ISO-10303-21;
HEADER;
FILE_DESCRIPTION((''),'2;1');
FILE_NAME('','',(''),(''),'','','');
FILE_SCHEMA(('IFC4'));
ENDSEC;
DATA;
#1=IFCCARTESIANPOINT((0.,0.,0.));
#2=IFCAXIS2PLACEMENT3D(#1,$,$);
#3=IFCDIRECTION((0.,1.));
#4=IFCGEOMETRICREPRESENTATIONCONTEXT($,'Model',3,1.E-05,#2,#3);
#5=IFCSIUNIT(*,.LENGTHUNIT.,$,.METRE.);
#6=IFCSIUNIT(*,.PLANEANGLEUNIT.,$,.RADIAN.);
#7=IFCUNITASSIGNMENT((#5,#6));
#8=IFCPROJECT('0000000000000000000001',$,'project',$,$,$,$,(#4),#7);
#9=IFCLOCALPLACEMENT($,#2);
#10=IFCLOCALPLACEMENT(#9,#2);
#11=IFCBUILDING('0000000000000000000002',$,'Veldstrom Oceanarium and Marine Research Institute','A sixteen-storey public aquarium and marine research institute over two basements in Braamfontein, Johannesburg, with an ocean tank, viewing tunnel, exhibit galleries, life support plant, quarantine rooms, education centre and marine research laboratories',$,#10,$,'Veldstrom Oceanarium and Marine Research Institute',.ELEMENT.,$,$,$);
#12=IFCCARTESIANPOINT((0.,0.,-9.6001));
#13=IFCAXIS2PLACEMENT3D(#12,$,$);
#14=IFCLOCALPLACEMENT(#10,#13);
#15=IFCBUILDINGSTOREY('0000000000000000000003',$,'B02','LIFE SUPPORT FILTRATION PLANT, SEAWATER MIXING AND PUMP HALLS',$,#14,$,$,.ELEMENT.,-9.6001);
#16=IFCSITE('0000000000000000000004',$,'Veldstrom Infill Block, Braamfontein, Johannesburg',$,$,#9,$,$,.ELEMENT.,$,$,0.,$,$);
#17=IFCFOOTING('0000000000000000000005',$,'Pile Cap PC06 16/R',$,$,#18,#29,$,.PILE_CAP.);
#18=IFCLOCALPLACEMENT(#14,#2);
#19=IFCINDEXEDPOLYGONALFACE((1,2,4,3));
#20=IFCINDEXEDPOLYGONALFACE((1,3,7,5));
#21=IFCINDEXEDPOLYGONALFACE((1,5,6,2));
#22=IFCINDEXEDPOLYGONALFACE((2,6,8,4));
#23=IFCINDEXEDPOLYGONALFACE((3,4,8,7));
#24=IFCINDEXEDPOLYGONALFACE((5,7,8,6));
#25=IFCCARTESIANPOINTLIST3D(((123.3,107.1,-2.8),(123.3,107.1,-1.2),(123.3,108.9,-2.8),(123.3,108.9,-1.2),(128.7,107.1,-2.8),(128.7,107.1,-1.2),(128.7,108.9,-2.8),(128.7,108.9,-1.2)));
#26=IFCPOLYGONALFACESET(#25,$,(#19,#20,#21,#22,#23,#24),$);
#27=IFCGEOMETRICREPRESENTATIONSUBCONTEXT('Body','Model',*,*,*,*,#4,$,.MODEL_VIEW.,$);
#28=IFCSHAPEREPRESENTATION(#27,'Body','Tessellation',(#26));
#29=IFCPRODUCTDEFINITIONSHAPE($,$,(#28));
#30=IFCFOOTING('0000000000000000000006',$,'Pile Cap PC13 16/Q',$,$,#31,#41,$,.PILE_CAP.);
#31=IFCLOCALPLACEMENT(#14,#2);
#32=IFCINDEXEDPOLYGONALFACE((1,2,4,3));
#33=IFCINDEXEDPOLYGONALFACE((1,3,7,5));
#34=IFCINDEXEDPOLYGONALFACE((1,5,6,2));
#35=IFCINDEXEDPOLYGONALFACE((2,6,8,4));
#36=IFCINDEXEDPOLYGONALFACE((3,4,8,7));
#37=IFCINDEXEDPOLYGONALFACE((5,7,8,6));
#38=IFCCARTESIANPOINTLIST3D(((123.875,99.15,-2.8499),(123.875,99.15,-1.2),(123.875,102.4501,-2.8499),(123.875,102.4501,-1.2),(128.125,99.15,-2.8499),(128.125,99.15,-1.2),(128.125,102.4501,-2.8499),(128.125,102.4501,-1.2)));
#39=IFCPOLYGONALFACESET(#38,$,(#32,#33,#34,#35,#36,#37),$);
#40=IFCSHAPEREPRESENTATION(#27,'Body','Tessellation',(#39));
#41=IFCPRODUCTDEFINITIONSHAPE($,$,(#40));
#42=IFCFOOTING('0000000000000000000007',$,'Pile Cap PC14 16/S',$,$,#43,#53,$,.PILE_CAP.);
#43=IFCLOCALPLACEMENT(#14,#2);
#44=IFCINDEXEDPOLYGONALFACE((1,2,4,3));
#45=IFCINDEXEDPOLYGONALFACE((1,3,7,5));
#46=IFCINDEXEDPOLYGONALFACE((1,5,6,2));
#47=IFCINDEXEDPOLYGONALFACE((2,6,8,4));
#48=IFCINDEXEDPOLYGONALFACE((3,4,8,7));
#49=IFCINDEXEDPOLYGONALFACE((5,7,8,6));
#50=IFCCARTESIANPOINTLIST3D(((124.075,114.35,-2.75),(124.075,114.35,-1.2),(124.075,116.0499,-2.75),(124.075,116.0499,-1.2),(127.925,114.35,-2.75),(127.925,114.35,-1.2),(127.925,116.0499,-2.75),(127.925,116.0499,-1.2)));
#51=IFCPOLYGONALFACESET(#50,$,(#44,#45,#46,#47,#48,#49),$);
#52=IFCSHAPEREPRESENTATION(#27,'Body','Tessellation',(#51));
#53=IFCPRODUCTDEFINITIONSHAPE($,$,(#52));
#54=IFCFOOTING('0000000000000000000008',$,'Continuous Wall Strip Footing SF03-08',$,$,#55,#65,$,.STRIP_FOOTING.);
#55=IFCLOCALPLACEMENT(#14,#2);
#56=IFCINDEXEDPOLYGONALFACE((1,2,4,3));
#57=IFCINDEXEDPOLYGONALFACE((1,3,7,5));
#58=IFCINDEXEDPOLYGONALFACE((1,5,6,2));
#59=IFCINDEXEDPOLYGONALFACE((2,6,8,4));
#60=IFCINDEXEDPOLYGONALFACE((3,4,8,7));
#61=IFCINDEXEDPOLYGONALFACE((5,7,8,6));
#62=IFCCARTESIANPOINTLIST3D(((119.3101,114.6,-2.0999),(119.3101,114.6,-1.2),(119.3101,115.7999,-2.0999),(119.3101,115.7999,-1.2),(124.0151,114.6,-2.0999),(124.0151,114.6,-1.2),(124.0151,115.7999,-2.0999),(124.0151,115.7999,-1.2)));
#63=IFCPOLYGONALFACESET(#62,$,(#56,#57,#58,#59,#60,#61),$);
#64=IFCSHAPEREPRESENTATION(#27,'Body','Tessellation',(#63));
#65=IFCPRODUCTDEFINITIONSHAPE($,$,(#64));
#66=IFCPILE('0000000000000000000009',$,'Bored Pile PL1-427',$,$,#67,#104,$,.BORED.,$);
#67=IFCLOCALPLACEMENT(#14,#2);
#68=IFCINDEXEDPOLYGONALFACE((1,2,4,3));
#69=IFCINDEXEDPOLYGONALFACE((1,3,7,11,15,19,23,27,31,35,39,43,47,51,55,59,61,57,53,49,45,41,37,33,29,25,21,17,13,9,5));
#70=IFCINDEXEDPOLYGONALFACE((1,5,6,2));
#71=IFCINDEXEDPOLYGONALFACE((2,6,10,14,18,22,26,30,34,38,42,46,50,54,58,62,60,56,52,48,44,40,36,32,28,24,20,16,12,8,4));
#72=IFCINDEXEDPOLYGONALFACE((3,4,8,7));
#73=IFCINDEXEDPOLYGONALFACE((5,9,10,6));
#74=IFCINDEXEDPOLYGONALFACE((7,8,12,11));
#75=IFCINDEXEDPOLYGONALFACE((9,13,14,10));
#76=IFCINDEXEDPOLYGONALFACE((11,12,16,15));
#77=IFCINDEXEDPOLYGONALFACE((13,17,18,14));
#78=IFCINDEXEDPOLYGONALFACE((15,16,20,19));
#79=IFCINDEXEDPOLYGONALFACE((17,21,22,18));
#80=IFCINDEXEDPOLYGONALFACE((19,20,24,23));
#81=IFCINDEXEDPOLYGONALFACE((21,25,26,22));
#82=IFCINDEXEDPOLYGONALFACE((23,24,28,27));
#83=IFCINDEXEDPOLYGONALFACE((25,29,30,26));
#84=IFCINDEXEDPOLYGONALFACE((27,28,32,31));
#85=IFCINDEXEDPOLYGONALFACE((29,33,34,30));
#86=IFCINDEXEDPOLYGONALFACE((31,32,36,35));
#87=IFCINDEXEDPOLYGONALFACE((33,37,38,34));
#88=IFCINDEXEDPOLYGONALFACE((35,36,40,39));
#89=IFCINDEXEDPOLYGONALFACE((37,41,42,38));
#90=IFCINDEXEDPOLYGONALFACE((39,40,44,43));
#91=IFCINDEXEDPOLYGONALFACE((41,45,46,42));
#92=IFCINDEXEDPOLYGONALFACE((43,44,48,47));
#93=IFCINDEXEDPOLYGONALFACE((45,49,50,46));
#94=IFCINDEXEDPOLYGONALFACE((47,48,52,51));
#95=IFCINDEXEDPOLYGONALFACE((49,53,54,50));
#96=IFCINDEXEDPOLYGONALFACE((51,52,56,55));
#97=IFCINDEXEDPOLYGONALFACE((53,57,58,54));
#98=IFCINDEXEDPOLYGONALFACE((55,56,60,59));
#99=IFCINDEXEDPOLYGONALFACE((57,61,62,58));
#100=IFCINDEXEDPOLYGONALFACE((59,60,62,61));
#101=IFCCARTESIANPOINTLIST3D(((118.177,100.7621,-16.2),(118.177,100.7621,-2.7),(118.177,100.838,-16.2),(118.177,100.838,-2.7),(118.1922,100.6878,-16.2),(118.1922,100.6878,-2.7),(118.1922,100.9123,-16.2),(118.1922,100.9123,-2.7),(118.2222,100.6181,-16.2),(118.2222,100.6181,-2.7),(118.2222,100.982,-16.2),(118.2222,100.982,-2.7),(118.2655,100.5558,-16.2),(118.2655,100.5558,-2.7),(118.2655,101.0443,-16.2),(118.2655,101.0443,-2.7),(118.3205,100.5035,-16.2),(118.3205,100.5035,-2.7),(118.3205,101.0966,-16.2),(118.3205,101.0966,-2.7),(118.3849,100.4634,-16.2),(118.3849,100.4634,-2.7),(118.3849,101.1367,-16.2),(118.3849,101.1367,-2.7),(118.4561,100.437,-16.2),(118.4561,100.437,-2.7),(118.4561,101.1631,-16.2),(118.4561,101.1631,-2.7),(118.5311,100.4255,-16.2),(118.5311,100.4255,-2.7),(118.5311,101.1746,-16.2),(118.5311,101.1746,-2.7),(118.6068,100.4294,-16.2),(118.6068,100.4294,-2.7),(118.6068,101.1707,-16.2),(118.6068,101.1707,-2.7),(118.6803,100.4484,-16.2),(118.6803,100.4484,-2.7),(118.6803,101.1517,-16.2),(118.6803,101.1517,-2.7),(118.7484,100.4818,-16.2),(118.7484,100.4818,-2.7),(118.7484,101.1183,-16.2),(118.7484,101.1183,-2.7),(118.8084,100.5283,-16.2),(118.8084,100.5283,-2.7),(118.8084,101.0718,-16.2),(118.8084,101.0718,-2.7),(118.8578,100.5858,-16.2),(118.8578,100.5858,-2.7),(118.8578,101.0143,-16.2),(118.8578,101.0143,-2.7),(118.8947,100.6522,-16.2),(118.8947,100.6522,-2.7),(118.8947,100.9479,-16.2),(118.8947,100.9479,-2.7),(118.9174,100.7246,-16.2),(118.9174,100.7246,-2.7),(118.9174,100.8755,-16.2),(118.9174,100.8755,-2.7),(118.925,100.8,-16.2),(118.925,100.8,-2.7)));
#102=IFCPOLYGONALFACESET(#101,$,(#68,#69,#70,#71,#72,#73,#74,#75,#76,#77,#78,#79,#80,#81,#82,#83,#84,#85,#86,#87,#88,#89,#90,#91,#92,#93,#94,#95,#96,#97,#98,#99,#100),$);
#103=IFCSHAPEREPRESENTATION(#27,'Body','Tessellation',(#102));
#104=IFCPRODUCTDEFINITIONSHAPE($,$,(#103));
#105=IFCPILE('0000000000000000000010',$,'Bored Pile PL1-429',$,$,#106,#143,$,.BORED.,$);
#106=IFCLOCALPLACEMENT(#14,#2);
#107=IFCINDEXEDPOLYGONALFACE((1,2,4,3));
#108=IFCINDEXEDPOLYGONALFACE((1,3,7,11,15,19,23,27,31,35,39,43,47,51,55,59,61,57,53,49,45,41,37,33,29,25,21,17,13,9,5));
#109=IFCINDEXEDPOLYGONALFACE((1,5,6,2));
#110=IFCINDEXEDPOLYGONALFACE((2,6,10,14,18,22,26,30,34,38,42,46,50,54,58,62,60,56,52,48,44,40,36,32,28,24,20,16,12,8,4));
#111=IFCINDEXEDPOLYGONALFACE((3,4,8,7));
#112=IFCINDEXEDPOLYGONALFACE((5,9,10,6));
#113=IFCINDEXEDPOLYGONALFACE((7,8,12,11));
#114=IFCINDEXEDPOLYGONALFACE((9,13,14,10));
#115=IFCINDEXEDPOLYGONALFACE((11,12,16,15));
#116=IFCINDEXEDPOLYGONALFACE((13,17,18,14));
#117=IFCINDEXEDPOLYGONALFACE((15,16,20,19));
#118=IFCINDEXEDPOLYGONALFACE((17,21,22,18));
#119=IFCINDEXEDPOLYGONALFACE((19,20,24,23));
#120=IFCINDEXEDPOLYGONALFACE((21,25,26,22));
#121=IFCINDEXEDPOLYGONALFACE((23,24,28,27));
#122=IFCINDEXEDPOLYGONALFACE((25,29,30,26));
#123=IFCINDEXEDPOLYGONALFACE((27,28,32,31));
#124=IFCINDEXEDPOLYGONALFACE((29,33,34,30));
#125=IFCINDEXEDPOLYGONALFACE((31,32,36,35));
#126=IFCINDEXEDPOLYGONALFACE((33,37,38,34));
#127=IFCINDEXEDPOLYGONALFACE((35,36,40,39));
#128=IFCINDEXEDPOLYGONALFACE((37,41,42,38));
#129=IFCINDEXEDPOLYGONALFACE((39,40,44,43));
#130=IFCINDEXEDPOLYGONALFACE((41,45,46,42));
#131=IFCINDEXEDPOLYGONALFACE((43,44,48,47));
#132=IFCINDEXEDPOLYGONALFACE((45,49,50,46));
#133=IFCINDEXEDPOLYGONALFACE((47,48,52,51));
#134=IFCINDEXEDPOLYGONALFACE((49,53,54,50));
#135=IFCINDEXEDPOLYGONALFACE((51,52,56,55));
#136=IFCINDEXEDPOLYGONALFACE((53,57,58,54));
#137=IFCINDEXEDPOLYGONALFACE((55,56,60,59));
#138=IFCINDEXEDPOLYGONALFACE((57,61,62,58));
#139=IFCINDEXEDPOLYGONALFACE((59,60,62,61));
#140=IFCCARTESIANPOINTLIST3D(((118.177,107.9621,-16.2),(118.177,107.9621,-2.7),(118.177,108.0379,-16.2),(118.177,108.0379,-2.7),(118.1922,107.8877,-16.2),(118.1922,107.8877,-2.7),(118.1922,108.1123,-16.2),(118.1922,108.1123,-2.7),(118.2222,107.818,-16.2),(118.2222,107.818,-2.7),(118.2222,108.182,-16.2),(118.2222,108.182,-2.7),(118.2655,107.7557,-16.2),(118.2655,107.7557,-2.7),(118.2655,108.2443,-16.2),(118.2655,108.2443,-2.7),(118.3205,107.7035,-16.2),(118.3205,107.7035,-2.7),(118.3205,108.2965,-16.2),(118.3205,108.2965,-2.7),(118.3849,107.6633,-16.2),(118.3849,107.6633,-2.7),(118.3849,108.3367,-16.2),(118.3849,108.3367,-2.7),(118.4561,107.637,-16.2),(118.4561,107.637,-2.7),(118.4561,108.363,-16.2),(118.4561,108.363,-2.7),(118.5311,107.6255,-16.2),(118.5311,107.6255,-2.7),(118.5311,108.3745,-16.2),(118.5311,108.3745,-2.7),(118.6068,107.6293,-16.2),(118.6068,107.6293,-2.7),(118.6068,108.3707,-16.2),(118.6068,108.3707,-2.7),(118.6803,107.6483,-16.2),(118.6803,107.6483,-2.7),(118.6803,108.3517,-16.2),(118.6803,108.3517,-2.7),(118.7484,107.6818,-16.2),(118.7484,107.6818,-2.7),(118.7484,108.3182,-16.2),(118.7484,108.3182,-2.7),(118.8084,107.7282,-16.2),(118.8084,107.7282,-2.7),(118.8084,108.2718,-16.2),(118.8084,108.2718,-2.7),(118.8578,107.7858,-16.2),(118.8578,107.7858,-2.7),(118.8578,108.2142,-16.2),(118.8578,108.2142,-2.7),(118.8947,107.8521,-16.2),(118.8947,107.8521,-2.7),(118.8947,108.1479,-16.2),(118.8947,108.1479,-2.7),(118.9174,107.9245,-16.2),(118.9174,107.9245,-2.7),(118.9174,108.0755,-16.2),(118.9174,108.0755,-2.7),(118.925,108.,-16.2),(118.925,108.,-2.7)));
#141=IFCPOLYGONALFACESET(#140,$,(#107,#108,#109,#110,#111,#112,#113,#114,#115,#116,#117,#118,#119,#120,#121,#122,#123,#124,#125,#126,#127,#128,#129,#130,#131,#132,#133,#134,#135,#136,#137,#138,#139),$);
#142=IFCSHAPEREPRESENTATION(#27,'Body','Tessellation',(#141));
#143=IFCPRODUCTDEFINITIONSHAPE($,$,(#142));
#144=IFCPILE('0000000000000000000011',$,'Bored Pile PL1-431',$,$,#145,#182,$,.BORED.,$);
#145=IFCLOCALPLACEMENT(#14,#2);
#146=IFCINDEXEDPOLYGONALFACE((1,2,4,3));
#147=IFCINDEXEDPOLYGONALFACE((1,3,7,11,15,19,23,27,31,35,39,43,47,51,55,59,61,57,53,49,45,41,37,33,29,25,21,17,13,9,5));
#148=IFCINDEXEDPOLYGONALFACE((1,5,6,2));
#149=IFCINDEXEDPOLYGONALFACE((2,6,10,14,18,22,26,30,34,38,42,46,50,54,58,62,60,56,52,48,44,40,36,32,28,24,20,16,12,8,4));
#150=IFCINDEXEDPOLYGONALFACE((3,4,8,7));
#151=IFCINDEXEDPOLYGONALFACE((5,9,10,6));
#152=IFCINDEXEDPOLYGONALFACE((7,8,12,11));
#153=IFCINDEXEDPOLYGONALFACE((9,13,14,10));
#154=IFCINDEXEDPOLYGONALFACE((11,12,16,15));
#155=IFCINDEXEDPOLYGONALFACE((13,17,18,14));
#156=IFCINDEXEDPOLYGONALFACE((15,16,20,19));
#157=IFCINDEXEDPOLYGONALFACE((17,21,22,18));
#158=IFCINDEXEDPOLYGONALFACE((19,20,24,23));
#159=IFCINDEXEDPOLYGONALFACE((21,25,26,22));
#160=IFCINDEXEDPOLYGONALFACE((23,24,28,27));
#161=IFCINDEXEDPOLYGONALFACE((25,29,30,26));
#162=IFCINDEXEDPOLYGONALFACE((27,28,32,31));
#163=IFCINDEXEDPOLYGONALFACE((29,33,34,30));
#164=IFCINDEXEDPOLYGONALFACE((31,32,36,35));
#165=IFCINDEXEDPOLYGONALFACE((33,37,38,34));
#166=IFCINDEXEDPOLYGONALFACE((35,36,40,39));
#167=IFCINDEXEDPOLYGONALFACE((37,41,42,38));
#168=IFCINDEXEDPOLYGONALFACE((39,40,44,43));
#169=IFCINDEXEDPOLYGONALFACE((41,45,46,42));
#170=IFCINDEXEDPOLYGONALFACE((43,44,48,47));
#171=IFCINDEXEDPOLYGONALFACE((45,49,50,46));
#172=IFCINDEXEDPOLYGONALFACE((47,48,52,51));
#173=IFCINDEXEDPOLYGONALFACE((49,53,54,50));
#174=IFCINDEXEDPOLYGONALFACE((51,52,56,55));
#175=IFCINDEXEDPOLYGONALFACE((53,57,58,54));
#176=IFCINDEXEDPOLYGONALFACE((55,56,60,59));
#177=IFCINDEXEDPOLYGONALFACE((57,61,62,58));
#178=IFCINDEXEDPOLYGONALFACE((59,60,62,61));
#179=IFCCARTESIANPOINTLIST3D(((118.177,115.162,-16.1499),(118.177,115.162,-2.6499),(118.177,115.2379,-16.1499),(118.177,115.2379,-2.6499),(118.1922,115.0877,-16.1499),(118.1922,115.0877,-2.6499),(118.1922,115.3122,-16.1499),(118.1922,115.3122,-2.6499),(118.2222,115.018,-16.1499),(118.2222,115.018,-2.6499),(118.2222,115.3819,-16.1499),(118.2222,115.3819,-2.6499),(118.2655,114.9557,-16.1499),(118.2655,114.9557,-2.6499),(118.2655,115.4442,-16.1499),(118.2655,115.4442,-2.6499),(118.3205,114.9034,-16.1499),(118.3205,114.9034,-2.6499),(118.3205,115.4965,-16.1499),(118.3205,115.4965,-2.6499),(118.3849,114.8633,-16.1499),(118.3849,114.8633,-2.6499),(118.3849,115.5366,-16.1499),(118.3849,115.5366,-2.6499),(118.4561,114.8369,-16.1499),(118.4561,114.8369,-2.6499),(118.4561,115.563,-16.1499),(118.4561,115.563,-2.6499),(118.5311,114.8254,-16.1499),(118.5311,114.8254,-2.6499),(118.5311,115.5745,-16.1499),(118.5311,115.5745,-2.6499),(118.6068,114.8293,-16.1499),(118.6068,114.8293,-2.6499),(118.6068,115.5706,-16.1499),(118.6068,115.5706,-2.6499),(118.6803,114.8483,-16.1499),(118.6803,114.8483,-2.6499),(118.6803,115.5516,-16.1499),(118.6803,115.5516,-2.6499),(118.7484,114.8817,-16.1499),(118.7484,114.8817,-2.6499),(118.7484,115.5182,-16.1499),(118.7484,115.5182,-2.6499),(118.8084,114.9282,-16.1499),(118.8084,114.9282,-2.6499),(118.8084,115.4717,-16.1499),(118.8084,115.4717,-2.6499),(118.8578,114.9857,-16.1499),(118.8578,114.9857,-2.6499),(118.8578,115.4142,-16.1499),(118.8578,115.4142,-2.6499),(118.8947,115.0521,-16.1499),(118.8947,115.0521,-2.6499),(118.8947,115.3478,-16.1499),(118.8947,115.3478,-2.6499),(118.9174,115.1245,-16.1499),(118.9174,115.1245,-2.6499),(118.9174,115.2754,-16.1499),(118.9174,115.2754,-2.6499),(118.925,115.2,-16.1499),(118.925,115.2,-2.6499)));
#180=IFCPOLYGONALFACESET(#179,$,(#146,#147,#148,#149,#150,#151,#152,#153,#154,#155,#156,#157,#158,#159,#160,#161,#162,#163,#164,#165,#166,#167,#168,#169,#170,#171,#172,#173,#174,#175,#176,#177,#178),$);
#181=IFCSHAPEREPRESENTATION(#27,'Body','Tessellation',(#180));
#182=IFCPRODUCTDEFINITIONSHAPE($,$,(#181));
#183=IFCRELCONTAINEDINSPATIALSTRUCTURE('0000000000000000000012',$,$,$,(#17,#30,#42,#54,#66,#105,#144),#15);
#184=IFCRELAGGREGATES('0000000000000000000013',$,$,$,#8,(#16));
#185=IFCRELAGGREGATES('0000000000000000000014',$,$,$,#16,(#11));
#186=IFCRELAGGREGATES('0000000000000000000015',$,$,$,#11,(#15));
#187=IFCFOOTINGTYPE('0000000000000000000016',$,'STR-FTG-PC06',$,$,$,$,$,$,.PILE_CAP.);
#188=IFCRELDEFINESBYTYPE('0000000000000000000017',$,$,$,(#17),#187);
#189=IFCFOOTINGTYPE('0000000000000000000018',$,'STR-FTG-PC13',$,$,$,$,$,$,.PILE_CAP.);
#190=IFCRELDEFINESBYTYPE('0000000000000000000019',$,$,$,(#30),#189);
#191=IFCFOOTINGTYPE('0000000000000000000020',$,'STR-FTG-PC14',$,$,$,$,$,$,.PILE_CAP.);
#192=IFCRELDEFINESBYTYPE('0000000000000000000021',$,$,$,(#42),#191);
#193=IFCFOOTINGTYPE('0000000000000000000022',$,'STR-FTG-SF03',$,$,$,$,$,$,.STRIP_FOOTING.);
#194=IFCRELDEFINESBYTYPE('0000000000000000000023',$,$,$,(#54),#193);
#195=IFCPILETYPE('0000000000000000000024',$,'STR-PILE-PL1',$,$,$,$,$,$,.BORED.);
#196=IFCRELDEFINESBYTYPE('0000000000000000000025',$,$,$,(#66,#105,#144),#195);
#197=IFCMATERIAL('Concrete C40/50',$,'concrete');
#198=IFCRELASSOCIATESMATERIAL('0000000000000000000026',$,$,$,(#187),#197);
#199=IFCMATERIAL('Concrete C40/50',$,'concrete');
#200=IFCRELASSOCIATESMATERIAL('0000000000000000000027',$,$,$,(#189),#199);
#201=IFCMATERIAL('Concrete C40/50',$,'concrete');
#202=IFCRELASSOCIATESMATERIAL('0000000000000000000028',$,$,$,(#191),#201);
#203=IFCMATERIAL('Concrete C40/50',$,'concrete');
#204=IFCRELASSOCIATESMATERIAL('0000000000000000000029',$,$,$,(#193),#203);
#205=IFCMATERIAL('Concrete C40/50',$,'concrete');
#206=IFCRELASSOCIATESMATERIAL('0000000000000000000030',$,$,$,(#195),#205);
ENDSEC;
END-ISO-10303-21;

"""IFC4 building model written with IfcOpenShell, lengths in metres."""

from ifc_helpers import new_model, si_unit, direction, frame, origin, origin_2d, place, context, subcontext, project, spatial, rectangle, circle, extrude, material, material_profile, profile_set, type_object, element, save


model = new_model("IFC4")

# Units and contexts
model_context = context("Model", 3, precision=1e-05, world=origin(), true_north=direction((0.0, 1.0)))
body_context = subcontext(model_context, "Body", "Model", "MODEL_VIEW")
ifc_project = project(units=[si_unit("LENGTHUNIT", "METRE"), si_unit("PLANEANGLEUNIT", "RADIAN")], contexts=[model_context])

# Site, building, storey
site_placement = place(None, origin())
site = spatial("IfcSite", under=ifc_project, at=site_placement, Name="Veldstrom Infill Block, Braamfontein, Johannesburg", CompositionType="ELEMENT", RefElevation=0.0)
building_placement = place(site_placement, origin())
building = spatial("IfcBuilding", under=site, at=building_placement, Name="Veldstrom Oceanarium and Marine Research Institute", Description="A sixteen-storey public aquarium and marine research institute over two basements in Braamfontein, Johannesburg, with an ocean tank, viewing tunnel, exhibit galleries, life support plant, quarantine rooms, education centre and marine research laboratories", LongName="Veldstrom Oceanarium and Marine Research Institute", CompositionType="ELEMENT")
storey_placement = place(building_placement, frame((0.0, 0.0, -9.6001)))
storey = spatial("IfcBuildingStorey", under=building, at=storey_placement, Name="B02", Description="LIFE SUPPORT FILTRATION PLANT, SEAWATER MIXING AND PUMP HALLS", CompositionType="ELEMENT", Elevation=-9.6001)

# Footings
ifc_material_1 = material(Name="Concrete C40/50", Category="concrete")
footing_type_1 = type_object("IfcFootingType", Name="STR-FTG-PC06", PredefinedType="PILE_CAP", material=ifc_material_1)
footing_1_placement = place(storey_placement, frame((126.0, 108.0, -2.8), z_axis=(0.0, 0.0, 1.0), x_axis=(1.0, 0.0, 0.0)))
element("IfcFooting", 1, at=footing_1_placement, inside=storey, type_object=footing_type_1, Name="Pile Cap PC06 16/R", PredefinedType="PILE_CAP", context=body_context, shape_type="SweptSolid", body=[
    extrude(rectangle(XDim=5.3999, YDim=1.8, at=origin_2d()), origin(), (0.0, 0.0, 1.0), 1.6001),
])
ifc_material_2 = material(Name="Concrete C40/50", Category="concrete")
footing_type_2 = type_object("IfcFootingType", Name="STR-FTG-PC13", PredefinedType="PILE_CAP", material=ifc_material_2)
footing_2_placement = place(storey_placement, frame((126.0, 100.8, -2.8499), z_axis=(0.0, 0.0, 1.0), x_axis=(1.0, 0.0, 0.0)))
element("IfcFooting", 2, at=footing_2_placement, inside=storey, type_object=footing_type_2, Name="Pile Cap PC13 16/Q", PredefinedType="PILE_CAP", context=body_context, shape_type="SweptSolid", body=[
    extrude(rectangle(XDim=4.25, YDim=3.3, at=origin_2d()), origin(), (0.0, 0.0, 1.0), 1.6499),
])
ifc_material_3 = material(Name="Concrete C40/50", Category="concrete")
footing_type_3 = type_object("IfcFootingType", Name="STR-FTG-PC14", PredefinedType="PILE_CAP", material=ifc_material_3)
footing_3_placement = place(storey_placement, frame((126.0, 115.2, -2.75), z_axis=(0.0, 0.0, 1.0), x_axis=(1.0, 0.0, 0.0)))
element("IfcFooting", 3, at=footing_3_placement, inside=storey, type_object=footing_type_3, Name="Pile Cap PC14 16/S", PredefinedType="PILE_CAP", context=body_context, shape_type="SweptSolid", body=[
    extrude(rectangle(XDim=3.8501, YDim=1.7, at=origin_2d()), origin(), (0.0, 0.0, 1.0), 1.55),
])
ifc_material_4 = material(Name="Concrete C40/50", Category="concrete")
footing_type_4 = type_object("IfcFootingType", Name="STR-FTG-SF03", PredefinedType="STRIP_FOOTING", material=ifc_material_4)
footing_4_placement = place(storey_placement, frame((121.6626, 115.2, -2.0999), z_axis=(0.0, 0.0, 1.0), x_axis=(1.0, 0.0, 0.0)))
element("IfcFooting", 4, at=footing_4_placement, inside=storey, type_object=footing_type_4, Name="Continuous Wall Strip Footing SF03-08", PredefinedType="STRIP_FOOTING", context=body_context, shape_type="SweptSolid", body=[
    extrude(rectangle(XDim=4.7051, YDim=1.2, at=origin_2d()), origin(), (0.0, 0.0, 1.0), 0.8999),
])

# Piles
ifc_material_5 = material(Name="Concrete C40/50", Category="concrete")
ifc_material_profile_1 = material_profile(ifc_material_5, circle(Radius=0.375, at=origin_2d()), Name="PILE-D750")
ifc_profile_set_1 = profile_set([ifc_material_profile_1], Name="Concrete C40/50")
pile_type = type_object("IfcPileType", Name="STR-PILE-PL1", PredefinedType="BORED", material=ifc_profile_set_1)
for number, where, z_axis, x_axis, name in (
    (5, (118.55, 100.8, -2.7), (0.0, 0.0, -1.0), (1.0, 0.0, 0.0), "Bored Pile PL1-427"),
    (6, (118.55, 108.0, -2.7), (0.0, 0.0, -1.0), (1.0, 0.0, 0.0), "Bored Pile PL1-429"),
    (7, (118.55, 115.2, -2.6499), (0.0, 0.0, -1.0), (1.0, 0.0, 0.0), "Bored Pile PL1-431"),
):
    element("IfcPile", number, at=place(storey_placement, frame(where, z_axis=z_axis, x_axis=x_axis)), inside=storey, type_object=pile_type, Name=name, PredefinedType="BORED", context=body_context, shape_type="SweptSolid", body=[
        extrude(circle(Radius=0.375, at=origin_2d()), origin(), (0.0, 0.0, 1.0), 13.5),
    ])

save(model, "model.ifc")
